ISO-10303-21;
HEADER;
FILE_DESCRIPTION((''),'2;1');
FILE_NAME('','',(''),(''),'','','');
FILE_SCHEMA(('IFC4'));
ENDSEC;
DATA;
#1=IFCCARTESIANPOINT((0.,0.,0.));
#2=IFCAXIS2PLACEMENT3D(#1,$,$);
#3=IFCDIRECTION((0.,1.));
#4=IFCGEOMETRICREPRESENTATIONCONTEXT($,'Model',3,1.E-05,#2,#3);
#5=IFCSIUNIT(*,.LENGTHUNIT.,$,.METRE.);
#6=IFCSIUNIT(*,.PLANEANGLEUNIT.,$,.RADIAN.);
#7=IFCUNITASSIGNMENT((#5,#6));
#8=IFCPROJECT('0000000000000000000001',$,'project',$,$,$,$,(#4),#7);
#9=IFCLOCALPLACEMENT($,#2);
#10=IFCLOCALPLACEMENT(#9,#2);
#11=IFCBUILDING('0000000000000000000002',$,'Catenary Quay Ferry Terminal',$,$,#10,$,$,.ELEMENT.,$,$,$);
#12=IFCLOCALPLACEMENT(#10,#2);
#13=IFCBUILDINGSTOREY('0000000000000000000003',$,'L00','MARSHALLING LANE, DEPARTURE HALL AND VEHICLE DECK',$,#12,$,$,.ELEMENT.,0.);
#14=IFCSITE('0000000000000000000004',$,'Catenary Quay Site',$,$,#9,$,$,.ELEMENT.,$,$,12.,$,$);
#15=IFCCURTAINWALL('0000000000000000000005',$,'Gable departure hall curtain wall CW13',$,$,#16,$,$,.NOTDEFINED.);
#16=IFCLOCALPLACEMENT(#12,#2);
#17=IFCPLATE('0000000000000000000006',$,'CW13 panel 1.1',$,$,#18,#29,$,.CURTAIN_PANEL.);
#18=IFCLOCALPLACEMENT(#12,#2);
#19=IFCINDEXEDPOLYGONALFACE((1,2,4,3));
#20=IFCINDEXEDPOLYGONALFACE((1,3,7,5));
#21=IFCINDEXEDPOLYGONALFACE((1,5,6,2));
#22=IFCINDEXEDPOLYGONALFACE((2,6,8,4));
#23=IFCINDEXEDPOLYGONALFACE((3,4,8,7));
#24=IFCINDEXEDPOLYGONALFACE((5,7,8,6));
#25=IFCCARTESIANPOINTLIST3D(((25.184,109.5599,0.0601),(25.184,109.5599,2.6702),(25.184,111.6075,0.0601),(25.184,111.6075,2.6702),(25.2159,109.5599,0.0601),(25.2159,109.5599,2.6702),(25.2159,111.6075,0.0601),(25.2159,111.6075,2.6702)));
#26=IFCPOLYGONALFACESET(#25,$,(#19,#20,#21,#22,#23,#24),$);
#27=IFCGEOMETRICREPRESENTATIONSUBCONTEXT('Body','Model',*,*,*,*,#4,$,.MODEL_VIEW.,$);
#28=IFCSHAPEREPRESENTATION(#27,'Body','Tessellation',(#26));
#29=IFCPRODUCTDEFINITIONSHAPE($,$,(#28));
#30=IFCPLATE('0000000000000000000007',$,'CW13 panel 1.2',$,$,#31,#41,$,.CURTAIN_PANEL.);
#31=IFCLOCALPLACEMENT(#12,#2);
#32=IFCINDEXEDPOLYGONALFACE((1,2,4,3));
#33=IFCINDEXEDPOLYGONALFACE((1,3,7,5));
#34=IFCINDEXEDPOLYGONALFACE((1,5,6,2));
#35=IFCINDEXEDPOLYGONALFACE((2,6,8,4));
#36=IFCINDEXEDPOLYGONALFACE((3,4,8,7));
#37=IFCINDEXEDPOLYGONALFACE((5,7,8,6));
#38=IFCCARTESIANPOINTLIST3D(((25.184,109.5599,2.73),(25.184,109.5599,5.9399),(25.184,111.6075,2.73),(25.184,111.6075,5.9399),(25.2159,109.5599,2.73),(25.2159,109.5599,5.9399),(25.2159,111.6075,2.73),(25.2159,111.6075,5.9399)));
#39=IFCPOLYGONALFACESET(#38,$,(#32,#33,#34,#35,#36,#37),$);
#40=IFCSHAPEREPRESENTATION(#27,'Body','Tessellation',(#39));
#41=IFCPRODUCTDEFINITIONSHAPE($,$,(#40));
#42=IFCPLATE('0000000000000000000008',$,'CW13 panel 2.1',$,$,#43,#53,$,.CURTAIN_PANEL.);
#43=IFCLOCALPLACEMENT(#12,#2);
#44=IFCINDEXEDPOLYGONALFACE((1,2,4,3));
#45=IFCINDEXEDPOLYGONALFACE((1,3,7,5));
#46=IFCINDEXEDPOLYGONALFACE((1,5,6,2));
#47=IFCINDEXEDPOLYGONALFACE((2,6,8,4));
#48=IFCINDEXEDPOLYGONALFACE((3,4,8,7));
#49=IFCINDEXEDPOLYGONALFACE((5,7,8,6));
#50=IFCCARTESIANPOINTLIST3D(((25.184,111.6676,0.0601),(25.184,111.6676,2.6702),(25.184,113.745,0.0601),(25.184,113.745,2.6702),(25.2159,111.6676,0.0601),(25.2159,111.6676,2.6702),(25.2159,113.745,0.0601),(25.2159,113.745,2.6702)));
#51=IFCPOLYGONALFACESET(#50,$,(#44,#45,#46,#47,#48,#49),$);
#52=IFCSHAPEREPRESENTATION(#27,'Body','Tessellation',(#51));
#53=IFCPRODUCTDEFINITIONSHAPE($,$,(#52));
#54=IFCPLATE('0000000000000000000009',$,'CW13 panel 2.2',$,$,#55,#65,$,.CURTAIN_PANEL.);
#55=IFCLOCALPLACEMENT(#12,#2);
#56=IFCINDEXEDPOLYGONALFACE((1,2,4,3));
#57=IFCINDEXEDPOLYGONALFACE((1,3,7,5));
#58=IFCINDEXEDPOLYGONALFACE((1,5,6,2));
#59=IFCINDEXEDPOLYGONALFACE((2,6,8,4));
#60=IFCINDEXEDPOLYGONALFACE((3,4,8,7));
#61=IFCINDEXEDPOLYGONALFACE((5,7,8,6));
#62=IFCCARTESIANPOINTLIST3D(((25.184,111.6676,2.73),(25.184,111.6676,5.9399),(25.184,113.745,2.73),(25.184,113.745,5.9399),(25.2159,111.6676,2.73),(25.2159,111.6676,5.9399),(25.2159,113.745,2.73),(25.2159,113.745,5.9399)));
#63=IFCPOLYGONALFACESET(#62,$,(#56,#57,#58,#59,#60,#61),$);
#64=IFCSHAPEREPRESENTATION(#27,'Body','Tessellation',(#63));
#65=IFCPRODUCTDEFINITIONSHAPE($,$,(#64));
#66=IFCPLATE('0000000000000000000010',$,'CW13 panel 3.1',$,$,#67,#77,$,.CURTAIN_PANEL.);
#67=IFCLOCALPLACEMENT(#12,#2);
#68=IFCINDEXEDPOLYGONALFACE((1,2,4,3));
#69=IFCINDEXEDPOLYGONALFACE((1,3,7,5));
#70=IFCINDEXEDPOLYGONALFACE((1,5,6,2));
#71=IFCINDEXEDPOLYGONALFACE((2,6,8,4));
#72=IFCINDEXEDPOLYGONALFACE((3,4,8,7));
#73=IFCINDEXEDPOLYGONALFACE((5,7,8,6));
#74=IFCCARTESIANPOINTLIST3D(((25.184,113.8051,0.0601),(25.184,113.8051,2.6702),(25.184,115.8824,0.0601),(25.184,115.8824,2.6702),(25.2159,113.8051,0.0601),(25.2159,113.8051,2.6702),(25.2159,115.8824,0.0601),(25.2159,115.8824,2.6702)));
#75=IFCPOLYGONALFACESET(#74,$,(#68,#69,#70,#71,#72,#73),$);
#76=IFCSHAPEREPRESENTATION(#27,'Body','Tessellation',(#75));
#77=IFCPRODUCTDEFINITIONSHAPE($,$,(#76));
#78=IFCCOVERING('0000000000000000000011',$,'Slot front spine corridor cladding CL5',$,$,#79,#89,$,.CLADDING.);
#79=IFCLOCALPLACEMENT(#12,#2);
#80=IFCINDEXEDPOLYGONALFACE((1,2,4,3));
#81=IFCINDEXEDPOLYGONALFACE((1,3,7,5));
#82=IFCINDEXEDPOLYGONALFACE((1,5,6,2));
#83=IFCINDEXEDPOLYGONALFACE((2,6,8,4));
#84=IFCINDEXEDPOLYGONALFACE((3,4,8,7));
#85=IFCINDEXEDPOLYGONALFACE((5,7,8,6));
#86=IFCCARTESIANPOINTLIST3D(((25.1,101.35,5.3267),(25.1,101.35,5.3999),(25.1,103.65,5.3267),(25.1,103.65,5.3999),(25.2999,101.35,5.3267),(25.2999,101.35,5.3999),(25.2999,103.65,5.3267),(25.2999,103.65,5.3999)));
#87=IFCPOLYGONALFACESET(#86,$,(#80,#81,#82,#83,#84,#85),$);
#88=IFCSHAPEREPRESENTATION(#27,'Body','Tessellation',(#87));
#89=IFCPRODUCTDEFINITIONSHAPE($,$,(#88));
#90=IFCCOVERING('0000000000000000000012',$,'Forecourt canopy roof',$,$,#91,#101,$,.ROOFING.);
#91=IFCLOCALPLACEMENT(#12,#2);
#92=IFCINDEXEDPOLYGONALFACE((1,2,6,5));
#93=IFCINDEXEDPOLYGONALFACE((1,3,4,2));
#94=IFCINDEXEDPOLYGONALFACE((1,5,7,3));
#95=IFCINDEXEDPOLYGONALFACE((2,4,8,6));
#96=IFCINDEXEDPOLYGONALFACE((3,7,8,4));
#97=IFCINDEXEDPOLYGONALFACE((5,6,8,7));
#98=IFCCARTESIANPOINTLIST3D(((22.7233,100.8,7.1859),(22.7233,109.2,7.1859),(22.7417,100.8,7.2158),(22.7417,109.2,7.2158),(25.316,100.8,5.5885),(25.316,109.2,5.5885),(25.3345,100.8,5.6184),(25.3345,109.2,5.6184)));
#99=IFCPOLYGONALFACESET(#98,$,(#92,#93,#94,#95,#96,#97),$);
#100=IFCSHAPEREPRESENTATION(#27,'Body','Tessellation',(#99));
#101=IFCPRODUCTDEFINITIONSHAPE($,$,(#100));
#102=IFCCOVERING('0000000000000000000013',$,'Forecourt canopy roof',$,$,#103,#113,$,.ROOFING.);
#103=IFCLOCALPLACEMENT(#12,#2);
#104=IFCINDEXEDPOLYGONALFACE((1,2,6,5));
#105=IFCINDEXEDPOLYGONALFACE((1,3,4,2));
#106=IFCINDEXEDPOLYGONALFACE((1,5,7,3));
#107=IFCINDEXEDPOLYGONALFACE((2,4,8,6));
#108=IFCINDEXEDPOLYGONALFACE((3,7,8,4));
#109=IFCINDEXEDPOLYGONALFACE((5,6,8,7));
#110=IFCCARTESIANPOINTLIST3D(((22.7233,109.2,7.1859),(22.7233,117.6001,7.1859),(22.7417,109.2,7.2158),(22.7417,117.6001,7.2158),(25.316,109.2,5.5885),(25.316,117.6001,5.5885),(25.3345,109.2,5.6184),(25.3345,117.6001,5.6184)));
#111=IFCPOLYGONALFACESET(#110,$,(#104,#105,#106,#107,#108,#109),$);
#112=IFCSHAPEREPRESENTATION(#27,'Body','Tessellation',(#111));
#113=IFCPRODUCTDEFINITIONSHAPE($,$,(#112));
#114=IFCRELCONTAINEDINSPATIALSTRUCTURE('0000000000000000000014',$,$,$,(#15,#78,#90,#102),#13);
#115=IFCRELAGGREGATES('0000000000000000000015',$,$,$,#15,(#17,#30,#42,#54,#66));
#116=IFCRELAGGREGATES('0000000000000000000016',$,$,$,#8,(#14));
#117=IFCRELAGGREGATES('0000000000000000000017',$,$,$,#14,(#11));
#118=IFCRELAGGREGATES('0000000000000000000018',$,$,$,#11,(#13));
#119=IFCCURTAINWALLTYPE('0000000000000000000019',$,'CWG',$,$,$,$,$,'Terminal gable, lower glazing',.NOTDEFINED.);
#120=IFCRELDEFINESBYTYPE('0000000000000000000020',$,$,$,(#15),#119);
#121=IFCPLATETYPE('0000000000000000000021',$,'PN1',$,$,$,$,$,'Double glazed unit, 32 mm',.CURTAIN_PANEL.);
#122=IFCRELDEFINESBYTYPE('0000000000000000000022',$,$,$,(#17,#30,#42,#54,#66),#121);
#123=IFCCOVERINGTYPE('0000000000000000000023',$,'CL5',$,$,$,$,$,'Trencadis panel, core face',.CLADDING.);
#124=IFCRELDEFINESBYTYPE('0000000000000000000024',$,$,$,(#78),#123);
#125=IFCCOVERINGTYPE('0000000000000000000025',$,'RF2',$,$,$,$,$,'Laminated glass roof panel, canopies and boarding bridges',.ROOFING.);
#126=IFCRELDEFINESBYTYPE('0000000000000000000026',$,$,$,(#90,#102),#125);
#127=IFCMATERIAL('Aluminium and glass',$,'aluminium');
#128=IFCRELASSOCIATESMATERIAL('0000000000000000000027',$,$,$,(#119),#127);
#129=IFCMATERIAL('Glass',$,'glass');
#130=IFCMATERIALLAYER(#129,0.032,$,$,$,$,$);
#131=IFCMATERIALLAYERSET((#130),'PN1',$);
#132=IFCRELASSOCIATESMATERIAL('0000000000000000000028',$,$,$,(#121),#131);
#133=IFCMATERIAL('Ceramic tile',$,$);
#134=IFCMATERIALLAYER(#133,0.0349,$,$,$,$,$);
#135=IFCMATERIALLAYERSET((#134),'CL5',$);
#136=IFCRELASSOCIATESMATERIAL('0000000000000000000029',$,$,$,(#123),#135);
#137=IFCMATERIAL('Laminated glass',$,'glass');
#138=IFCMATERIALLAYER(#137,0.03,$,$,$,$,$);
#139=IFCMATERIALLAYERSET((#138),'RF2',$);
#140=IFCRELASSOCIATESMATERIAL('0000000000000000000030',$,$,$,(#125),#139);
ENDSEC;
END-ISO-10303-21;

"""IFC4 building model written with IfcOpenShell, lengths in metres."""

from ifc_helpers import new_model, si_unit, direction, frame, origin, origin_2d, place, context, subcontext, project, spatial, polyline, rectangle, outline, extrude, material, layer, layer_set, type_object, element, aggregate, save


model = new_model("IFC4")

# Units and contexts
model_context = context("Model", 3, precision=1e-05, world=origin(), true_north=direction((0.0, 1.0)))
body_context = subcontext(model_context, "Body", "Model", "MODEL_VIEW")
ifc_project = project(units=[si_unit("LENGTHUNIT", "METRE"), si_unit("PLANEANGLEUNIT", "RADIAN")], contexts=[model_context])

# Site, building, storey
site_placement = place(None, origin())
site = spatial("IfcSite", under=ifc_project, at=site_placement, Name="Catenary Quay Site", CompositionType="ELEMENT", RefElevation=12.0)
building_placement = place(site_placement, origin())
building = spatial("IfcBuilding", under=site, at=building_placement, Name="Catenary Quay Ferry Terminal", CompositionType="ELEMENT")
storey_placement = place(building_placement, origin())
storey = spatial("IfcBuildingStorey", under=building, at=storey_placement, Name="L00", Description="MARSHALLING LANE, DEPARTURE HALL AND VEHICLE DECK", CompositionType="ELEMENT", Elevation=0.0)

# Curtain wall, plates
ifc_material_1 = material(Name="Aluminium and glass", Category="aluminium")
curtain_wall_type = type_object("IfcCurtainWallType", Name="CWG", ElementType="Terminal gable, lower glazing", PredefinedType="NOTDEFINED", material=ifc_material_1)
curtain_wall_placement = place(storey_placement, origin())
curtain_wall = element("IfcCurtainWall", 1, at=curtain_wall_placement, inside=storey, type_object=curtain_wall_type, Name="Gable departure hall curtain wall CW13", PredefinedType="NOTDEFINED")
ifc_material_2 = material(Name="Glass", Category="glass")
ifc_layer_1 = layer(ifc_material_2, 0.032)
ifc_layer_set_1 = layer_set([ifc_layer_1], Name="PN1")
plate_type = type_object("IfcPlateType", Name="PN1", ElementType="Double glazed unit, 32 mm", PredefinedType="CURTAIN_PANEL", material=ifc_layer_set_1)
plate_1_placement = place(storey_placement, frame((25.2, 110.5837, 0.0601), z_axis=(0.0, 0.0, 1.0), x_axis=(0.0, 1.0, 0.0)))
plate_1 = element("IfcPlate", 2, at=plate_1_placement, type_object=plate_type, Name="CW13 panel 1.1", PredefinedType="CURTAIN_PANEL", context=body_context, shape_type="SweptSolid", body=[
    extrude(rectangle(XDim=2.0476, YDim=0.032, at=origin_2d()), origin(), (0.0, 0.0, 1.0), 2.6101),
])
plate_2_placement = place(storey_placement, frame((25.2, 110.5837, 2.73), z_axis=(0.0, 0.0, 1.0), x_axis=(0.0, 1.0, 0.0)))
plate_2 = element("IfcPlate", 3, at=plate_2_placement, type_object=plate_type, Name="CW13 panel 1.2", PredefinedType="CURTAIN_PANEL", context=body_context, shape_type="SweptSolid", body=[
    extrude(rectangle(XDim=2.0476, YDim=0.032, at=origin_2d()), origin(), (0.0, 0.0, 1.0), 3.21),
])
plate_3_placement = place(storey_placement, frame((25.2, 112.7063, 0.0601), z_axis=(0.0, 0.0, 1.0), x_axis=(0.0, 1.0, 0.0)))
plate_3 = element("IfcPlate", 4, at=plate_3_placement, type_object=plate_type, Name="CW13 panel 2.1", PredefinedType="CURTAIN_PANEL", context=body_context, shape_type="SweptSolid", body=[
    extrude(rectangle(XDim=2.0774, YDim=0.032, at=origin_2d()), origin(), (0.0, 0.0, 1.0), 2.6101),
])
plate_4_placement = place(storey_placement, frame((25.2, 112.7063, 2.73), z_axis=(0.0, 0.0, 1.0), x_axis=(0.0, 1.0, 0.0)))
plate_4 = element("IfcPlate", 5, at=plate_4_placement, type_object=plate_type, Name="CW13 panel 2.2", PredefinedType="CURTAIN_PANEL", context=body_context, shape_type="SweptSolid", body=[
    extrude(rectangle(XDim=2.0774, YDim=0.032, at=origin_2d()), origin(), (0.0, 0.0, 1.0), 3.21),
])
plate_5_placement = place(storey_placement, frame((25.2, 114.8438, 0.0601), z_axis=(0.0, 0.0, 1.0), x_axis=(0.0, 1.0, 0.0)))
plate_5 = element("IfcPlate", 6, at=plate_5_placement, type_object=plate_type, Name="CW13 panel 3.1", PredefinedType="CURTAIN_PANEL", context=body_context, shape_type="SweptSolid", body=[
    extrude(rectangle(XDim=2.0774, YDim=0.032, at=origin_2d()), origin(), (0.0, 0.0, 1.0), 2.6101),
])
aggregate(curtain_wall, [plate_1, plate_2, plate_3, plate_4, plate_5])

# Coverings
ifc_material_3 = material(Name="Ceramic tile")
ifc_layer_2 = layer(ifc_material_3, 0.0349)
ifc_layer_set_2 = layer_set([ifc_layer_2], Name="CL5")
covering_type_1 = type_object("IfcCoveringType", Name="CL5", ElementType="Trencadis panel, core face", PredefinedType="CLADDING", material=ifc_layer_set_2)
covering_1_placement = place(storey_placement, frame((25.2, 102.5, 5.3267), z_axis=(0.0, 0.0, 1.0), x_axis=(1.0, 0.0, 0.0)))
element("IfcCovering", 7, at=covering_1_placement, inside=storey, type_object=covering_type_1, Name="Slot front spine corridor cladding CL5", PredefinedType="CLADDING", context=body_context, shape_type="SweptSolid", body=[
    extrude(rectangle(XDim=0.2, YDim=2.3, at=origin_2d()), origin(), (0.0, 0.0, 1.0), 0.0732),
])
ifc_material_4 = material(Name="Laminated glass", Category="glass")
ifc_layer_3 = layer(ifc_material_4, 0.03)
ifc_layer_set_3 = layer_set([ifc_layer_3], Name="RF2")
covering_type_2 = type_object("IfcCoveringType", Name="RF2", ElementType="Laminated glass roof panel, canopies and boarding bridges", PredefinedType="ROOFING", material=ifc_layer_set_3)
covering_2_placement = place(storey_placement, frame((22.7417, 100.8, 7.2158), z_axis=(0.52454, 0.0, 0.851386), x_axis=(0.0, 1.0, 0.0)))
element("IfcCovering", 8, at=covering_2_placement, inside=storey, type_object=covering_type_2, Name="Forecourt canopy roof", PredefinedType="ROOFING", context=body_context, shape_type="SweptSolid", body=[
    extrude(outline(polyline([(0.0, 0.0), (8.3999, 0.0), (8.3999, -3.0454), (0.0, -3.0454), (0.0, 0.0)])), origin(), (0.0, 0.0, -1.0), 0.0352),
])
covering_3_placement = place(storey_placement, frame((22.7417, 109.2, 7.2158), z_axis=(0.52454, 0.0, 0.851386), x_axis=(0.0, 1.0, 0.0)))
element("IfcCovering", 9, at=covering_3_placement, inside=storey, type_object=covering_type_2, Name="Forecourt canopy roof", PredefinedType="ROOFING", context=body_context, shape_type="SweptSolid", body=[
    extrude(outline(polyline([(0.0, 0.0), (8.4001, 0.0), (8.4001, -3.0454), (0.0, -3.0454), (0.0, 0.0)])), origin(), (0.0, 0.0, -1.0), 0.0352),
])

save(model, "model.ifc")
